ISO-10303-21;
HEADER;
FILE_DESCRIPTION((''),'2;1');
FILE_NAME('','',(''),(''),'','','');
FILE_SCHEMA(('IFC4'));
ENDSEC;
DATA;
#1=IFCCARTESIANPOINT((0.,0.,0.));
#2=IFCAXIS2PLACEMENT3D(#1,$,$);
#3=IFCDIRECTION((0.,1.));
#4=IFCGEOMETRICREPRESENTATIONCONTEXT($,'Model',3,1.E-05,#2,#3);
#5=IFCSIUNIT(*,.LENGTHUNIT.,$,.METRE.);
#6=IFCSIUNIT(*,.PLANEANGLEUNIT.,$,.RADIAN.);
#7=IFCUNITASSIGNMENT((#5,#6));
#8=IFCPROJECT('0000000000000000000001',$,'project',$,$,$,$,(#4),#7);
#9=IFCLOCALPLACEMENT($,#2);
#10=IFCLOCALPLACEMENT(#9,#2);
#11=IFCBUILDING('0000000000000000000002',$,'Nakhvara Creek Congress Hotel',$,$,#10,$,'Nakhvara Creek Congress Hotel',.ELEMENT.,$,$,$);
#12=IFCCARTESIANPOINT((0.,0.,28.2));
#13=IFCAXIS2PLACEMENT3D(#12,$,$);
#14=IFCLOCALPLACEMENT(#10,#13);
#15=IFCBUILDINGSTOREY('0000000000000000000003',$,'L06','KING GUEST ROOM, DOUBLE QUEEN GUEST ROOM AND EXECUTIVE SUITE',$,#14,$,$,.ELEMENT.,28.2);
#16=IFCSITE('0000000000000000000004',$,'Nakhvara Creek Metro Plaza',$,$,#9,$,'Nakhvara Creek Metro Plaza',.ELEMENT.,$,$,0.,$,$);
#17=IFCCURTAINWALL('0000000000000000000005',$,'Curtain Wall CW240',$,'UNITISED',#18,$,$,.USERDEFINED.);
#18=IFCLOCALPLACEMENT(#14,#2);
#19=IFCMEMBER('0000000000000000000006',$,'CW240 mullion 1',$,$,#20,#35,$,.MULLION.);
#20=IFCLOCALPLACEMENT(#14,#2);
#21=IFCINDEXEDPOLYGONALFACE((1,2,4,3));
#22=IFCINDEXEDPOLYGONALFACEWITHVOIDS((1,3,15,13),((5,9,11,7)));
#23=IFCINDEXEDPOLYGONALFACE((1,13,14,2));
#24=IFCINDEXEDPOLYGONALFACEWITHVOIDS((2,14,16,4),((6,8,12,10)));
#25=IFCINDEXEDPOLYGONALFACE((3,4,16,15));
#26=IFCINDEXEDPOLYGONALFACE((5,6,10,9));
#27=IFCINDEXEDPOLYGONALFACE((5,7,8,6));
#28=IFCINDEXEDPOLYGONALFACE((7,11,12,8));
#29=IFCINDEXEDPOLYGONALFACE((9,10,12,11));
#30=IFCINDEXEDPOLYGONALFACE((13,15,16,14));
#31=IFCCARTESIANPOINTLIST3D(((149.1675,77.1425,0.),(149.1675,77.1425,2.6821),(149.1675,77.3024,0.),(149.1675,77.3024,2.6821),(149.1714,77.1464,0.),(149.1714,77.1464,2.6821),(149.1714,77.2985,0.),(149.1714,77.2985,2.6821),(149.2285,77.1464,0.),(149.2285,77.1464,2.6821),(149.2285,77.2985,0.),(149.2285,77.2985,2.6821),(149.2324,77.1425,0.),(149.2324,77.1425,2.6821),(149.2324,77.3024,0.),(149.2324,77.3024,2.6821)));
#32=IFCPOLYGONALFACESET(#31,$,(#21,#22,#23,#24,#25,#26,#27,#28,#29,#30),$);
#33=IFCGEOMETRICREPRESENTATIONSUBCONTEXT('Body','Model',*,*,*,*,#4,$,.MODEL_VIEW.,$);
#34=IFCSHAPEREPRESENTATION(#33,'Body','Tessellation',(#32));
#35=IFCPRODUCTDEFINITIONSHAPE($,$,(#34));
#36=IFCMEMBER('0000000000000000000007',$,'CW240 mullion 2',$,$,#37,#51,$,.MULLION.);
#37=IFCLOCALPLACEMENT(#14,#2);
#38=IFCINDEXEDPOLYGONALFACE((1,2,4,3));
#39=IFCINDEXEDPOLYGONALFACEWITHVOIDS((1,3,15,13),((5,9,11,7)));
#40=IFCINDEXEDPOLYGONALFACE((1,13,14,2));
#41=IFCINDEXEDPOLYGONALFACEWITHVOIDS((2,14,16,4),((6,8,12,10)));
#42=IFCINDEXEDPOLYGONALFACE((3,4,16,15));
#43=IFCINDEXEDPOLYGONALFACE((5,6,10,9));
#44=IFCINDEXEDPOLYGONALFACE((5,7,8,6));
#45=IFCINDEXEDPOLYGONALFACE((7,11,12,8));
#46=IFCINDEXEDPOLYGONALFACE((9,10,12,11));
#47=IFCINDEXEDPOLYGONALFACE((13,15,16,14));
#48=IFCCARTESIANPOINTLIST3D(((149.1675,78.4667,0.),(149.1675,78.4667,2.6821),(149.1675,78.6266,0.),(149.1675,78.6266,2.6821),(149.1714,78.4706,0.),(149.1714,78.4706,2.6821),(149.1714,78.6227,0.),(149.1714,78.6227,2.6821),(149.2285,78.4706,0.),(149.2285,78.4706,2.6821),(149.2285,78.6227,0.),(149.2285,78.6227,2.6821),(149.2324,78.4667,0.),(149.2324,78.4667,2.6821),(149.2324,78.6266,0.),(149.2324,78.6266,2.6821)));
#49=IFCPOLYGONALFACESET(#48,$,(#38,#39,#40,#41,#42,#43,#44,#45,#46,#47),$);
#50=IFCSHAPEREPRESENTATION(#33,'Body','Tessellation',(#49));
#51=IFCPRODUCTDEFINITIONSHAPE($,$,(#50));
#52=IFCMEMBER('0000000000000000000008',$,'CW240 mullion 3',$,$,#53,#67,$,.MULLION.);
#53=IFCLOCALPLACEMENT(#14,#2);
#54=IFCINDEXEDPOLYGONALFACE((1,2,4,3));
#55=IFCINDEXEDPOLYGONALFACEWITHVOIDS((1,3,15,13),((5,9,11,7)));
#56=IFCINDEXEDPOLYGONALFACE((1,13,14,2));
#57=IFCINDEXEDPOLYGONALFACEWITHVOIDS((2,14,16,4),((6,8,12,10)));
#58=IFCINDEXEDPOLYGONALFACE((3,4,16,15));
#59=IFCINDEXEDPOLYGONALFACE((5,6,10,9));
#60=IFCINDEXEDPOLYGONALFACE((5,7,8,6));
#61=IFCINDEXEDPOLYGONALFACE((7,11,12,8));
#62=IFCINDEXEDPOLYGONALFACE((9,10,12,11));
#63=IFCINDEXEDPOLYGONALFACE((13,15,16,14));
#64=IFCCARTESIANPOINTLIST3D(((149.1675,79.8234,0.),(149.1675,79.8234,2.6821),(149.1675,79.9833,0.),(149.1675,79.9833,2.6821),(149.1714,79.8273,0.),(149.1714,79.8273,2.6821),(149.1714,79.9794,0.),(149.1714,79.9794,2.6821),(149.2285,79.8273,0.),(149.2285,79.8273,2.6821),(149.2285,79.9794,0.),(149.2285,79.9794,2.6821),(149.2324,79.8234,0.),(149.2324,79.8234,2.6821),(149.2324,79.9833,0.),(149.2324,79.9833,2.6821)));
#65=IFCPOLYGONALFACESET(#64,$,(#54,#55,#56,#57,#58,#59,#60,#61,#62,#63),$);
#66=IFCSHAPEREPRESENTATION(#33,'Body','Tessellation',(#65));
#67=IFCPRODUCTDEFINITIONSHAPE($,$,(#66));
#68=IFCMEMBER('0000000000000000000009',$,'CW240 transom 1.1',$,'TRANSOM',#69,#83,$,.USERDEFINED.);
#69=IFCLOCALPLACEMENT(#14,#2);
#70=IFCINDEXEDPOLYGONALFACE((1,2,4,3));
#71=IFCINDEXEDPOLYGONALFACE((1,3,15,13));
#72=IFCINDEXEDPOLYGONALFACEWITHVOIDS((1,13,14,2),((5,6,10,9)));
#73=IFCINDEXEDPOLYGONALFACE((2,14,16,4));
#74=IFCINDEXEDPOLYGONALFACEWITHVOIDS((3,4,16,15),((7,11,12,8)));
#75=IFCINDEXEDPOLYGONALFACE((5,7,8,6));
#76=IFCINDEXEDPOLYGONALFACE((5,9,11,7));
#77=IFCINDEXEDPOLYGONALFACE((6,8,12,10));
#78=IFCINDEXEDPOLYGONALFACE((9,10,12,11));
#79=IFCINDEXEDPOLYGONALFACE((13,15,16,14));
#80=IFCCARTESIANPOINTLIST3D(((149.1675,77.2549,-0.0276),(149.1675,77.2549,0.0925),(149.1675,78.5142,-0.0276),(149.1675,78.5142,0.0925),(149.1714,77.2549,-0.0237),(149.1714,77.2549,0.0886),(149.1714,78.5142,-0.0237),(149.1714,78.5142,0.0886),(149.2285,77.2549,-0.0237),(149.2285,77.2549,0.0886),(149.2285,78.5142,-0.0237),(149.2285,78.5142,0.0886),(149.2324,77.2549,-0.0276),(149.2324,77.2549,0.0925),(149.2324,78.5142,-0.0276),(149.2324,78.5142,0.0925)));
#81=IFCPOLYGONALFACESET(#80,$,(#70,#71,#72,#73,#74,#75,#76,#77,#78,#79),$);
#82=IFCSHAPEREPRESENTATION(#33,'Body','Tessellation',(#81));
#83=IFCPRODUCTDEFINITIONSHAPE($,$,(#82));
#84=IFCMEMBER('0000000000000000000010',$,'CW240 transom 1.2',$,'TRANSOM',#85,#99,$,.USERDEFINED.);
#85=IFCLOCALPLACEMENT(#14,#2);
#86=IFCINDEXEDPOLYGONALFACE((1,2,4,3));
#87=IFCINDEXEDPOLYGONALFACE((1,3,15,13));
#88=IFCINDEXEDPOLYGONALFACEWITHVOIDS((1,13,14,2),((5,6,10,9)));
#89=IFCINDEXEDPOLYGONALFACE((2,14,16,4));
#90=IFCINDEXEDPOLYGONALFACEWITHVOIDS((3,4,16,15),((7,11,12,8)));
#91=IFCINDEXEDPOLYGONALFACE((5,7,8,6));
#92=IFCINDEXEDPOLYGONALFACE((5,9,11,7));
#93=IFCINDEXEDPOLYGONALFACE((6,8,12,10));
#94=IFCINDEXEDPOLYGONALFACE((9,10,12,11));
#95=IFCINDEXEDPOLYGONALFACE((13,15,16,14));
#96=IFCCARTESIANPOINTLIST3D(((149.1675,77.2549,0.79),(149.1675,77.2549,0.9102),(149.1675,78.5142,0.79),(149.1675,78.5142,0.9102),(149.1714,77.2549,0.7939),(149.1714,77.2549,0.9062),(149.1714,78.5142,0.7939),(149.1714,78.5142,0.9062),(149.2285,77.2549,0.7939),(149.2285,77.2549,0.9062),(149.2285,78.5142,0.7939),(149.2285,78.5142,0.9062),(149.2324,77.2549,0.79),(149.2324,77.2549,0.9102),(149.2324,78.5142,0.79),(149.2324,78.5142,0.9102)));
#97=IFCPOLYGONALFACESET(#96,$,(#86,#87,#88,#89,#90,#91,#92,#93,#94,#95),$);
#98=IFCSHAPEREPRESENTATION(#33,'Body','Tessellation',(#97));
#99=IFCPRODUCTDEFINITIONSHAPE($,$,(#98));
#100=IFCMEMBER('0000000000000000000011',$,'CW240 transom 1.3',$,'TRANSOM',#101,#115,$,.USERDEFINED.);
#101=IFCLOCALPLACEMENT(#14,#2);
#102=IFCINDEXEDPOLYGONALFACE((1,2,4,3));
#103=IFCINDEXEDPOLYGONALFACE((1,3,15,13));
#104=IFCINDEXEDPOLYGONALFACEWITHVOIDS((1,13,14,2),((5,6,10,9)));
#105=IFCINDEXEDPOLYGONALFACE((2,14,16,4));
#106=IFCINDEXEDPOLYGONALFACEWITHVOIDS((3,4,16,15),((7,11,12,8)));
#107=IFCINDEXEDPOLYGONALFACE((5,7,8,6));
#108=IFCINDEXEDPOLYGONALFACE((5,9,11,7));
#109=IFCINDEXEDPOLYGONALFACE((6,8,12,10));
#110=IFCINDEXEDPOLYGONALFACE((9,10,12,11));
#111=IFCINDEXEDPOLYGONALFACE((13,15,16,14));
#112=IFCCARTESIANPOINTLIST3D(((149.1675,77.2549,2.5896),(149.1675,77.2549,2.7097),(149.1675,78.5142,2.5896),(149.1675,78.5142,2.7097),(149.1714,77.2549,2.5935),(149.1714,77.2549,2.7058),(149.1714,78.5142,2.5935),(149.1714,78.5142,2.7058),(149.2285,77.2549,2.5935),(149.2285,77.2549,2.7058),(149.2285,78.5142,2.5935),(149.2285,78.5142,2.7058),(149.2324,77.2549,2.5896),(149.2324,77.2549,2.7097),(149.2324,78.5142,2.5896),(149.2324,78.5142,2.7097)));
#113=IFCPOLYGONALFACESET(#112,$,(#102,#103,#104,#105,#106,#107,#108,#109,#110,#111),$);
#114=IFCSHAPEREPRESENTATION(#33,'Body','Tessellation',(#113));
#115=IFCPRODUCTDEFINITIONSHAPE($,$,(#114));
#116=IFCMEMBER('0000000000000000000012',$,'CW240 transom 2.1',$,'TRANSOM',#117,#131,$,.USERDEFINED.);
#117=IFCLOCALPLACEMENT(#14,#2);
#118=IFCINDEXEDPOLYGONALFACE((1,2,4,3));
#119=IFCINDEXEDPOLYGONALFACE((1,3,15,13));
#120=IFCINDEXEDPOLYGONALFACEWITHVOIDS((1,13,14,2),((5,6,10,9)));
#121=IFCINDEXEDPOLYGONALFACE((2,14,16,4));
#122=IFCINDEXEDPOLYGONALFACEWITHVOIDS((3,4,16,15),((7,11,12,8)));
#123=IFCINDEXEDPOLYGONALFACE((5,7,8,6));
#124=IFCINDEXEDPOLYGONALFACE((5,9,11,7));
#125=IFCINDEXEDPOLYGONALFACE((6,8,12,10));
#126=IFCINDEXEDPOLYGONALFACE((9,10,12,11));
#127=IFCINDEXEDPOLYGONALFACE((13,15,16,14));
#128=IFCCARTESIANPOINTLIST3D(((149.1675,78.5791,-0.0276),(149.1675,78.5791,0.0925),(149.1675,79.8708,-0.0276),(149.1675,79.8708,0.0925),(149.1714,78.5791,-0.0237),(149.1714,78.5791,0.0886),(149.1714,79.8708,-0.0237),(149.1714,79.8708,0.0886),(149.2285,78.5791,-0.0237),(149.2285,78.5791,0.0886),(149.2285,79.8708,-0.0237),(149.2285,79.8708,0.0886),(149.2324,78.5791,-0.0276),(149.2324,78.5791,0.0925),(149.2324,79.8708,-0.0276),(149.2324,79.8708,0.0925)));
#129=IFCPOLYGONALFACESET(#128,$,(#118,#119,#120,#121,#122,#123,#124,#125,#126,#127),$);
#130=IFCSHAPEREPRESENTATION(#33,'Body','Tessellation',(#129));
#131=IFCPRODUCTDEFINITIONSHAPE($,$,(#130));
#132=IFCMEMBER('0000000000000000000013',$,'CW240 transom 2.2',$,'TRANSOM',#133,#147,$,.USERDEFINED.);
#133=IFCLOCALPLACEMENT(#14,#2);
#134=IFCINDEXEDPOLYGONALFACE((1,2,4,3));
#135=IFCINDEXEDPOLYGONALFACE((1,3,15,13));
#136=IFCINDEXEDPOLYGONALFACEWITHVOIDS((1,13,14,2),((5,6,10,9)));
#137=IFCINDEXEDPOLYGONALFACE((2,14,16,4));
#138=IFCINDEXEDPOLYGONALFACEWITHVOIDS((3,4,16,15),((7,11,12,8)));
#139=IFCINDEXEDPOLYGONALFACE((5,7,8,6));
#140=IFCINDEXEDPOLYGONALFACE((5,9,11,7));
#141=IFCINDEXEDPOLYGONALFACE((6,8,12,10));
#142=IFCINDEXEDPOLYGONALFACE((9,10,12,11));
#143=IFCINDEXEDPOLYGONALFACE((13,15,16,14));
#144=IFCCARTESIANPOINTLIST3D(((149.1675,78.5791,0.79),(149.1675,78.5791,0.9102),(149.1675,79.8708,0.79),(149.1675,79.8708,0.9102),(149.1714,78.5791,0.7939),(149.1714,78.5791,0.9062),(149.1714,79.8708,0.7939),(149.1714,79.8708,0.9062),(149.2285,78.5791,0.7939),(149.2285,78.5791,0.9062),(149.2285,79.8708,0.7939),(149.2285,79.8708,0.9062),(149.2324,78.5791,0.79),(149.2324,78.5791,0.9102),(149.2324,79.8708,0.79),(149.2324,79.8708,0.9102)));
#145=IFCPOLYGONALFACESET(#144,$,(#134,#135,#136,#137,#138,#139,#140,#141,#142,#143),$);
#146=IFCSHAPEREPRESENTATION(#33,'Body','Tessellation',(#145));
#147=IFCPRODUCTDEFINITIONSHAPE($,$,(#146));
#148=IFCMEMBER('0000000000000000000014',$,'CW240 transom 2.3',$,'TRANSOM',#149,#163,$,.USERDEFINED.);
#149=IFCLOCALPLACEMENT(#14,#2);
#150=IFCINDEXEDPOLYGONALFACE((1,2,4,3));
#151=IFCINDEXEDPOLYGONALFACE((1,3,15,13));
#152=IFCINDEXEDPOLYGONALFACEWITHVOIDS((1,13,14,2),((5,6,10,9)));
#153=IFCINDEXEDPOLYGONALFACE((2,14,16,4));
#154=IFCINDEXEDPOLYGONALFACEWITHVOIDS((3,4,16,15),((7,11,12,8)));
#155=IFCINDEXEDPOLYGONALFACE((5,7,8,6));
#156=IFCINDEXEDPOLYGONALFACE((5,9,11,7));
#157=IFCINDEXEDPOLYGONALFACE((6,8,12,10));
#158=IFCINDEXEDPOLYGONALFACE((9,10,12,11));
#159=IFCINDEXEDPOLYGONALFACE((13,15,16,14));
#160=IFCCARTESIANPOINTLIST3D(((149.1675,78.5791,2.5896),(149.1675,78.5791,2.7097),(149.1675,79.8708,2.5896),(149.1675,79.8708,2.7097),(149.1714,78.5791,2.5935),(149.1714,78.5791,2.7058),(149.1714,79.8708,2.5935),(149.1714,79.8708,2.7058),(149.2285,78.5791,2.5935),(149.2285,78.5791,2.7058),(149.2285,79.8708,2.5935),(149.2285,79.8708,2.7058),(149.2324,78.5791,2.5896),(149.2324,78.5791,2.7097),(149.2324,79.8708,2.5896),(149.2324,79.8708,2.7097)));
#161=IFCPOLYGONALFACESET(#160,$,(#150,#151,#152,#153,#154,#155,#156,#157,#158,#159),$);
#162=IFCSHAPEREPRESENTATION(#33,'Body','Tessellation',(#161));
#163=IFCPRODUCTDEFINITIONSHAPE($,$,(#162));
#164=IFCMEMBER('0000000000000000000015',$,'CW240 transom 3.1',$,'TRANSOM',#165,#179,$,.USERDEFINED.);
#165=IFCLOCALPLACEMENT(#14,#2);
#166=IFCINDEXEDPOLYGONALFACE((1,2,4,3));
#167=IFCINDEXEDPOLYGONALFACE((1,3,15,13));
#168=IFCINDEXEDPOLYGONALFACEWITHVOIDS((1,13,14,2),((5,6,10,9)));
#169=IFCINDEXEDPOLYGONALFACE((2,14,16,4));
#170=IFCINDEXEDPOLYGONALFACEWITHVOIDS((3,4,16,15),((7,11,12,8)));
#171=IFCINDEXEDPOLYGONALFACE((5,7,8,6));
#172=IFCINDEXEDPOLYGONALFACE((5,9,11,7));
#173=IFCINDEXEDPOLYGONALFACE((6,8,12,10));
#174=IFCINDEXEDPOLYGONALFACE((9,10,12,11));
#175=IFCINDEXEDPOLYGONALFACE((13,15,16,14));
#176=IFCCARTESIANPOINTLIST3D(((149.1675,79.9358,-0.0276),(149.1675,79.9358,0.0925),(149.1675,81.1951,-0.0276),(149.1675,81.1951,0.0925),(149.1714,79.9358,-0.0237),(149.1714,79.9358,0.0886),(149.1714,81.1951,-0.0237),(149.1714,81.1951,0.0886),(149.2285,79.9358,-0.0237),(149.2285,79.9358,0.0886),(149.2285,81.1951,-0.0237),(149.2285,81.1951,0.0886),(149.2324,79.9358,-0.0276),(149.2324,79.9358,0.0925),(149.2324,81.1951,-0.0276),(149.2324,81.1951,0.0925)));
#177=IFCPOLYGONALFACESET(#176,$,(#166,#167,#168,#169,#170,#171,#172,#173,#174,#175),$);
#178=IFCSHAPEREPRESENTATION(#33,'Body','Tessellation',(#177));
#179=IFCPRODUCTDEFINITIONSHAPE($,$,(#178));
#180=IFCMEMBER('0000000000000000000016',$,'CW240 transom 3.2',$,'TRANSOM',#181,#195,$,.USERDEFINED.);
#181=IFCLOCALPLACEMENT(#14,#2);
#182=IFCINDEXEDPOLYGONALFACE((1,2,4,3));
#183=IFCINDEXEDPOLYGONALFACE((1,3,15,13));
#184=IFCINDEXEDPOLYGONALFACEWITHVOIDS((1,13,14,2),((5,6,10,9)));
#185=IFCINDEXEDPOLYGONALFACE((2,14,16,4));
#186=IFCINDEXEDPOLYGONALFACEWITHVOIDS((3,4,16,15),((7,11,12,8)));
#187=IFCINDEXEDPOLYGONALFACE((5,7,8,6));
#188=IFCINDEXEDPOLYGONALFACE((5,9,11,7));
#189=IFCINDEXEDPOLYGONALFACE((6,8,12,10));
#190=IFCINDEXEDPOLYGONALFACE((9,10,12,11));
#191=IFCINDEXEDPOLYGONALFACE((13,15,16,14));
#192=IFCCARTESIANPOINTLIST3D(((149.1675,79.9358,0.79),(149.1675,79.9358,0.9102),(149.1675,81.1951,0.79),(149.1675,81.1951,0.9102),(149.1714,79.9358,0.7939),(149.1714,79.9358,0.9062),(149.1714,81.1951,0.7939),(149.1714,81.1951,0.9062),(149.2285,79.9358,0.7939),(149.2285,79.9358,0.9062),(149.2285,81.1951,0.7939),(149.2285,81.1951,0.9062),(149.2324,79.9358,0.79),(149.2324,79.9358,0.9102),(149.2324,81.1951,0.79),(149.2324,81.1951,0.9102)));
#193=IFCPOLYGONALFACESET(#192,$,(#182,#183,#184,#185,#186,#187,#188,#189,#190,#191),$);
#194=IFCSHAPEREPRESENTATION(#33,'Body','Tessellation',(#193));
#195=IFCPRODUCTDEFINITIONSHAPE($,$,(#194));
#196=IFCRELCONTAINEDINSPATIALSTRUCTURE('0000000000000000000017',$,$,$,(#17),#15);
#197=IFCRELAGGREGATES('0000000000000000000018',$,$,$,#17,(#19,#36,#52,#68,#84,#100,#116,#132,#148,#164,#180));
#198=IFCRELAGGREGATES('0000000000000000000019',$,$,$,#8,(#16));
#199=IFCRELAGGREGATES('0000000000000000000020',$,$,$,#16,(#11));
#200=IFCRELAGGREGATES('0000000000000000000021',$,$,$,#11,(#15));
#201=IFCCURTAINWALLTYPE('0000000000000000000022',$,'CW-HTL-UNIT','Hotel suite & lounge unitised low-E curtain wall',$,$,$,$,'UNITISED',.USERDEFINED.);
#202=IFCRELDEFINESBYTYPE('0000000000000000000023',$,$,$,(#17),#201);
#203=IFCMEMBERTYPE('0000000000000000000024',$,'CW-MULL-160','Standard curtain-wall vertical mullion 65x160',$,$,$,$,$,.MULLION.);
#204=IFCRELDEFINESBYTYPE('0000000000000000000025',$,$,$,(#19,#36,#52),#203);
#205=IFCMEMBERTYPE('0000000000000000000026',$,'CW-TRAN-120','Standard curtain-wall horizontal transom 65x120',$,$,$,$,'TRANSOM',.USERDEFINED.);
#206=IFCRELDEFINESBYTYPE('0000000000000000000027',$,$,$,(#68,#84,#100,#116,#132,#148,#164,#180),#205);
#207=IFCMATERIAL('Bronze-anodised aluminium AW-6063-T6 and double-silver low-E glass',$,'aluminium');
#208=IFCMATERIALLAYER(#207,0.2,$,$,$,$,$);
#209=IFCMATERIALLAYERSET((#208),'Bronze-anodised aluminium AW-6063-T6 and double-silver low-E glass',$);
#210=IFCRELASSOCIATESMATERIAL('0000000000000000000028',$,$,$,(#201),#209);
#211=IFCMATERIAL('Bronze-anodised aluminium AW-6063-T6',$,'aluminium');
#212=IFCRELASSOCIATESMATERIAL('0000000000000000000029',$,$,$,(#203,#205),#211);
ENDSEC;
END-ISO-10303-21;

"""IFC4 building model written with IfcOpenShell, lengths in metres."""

from ifc_helpers import new_model, si_unit, direction, frame, origin, origin_2d, place, context, subcontext, project, spatial, hollow_rectangle, extrude, material, layer, layer_set, material_profile, profile_set, type_object, element, aggregate, save


model = new_model("IFC4")

# Units and contexts
model_context = context("Model", 3, precision=1e-05, world=origin(), true_north=direction((0.0, 1.0)))
body_context = subcontext(model_context, "Body", "Model", "MODEL_VIEW")
ifc_project = project(units=[si_unit("LENGTHUNIT", "METRE"), si_unit("PLANEANGLEUNIT", "RADIAN")], contexts=[model_context])

# Site, building, storey
site_placement = place(None, origin())
site = spatial("IfcSite", under=ifc_project, at=site_placement, Name="Nakhvara Creek Metro Plaza", LongName="Nakhvara Creek Metro Plaza", CompositionType="ELEMENT", RefElevation=0.0)
building_placement = place(site_placement, origin())
building = spatial("IfcBuilding", under=site, at=building_placement, Name="Nakhvara Creek Congress Hotel", LongName="Nakhvara Creek Congress Hotel", CompositionType="ELEMENT")
storey_placement = place(building_placement, frame((0.0, 0.0, 28.2)))
storey = spatial("IfcBuildingStorey", under=building, at=storey_placement, Name="L06", Description="KING GUEST ROOM, DOUBLE QUEEN GUEST ROOM AND EXECUTIVE SUITE", CompositionType="ELEMENT", Elevation=28.2)

# Curtain wall, members
ifc_material_1 = material(Name="Bronze-anodised aluminium AW-6063-T6 and double-silver low-E glass", Category="aluminium")
ifc_layer = layer(ifc_material_1, 0.2)
ifc_layer_set = layer_set([ifc_layer], Name="Bronze-anodised aluminium AW-6063-T6 and double-silver low-E glass")
curtain_wall_type = type_object("IfcCurtainWallType", Name="CW-HTL-UNIT", Description="Hotel suite & lounge unitised low-E curtain wall", ElementType="UNITISED", PredefinedType="USERDEFINED", material=ifc_layer_set)
curtain_wall_placement = place(storey_placement, origin())
curtain_wall = element("IfcCurtainWall", 1, at=curtain_wall_placement, inside=storey, type_object=curtain_wall_type, Name="Curtain Wall CW240", ObjectType="UNITISED", PredefinedType="USERDEFINED")
ifc_material_2 = material(Name="Bronze-anodised aluminium AW-6063-T6", Category="aluminium")
ifc_material_profile_1 = material_profile(ifc_material_2, hollow_rectangle(XDim=0.0649, YDim=0.1599, WallThickness=0.0039, at=origin_2d()), Name="ALU-MULL 65x160x4", Category="LoadBearing")
ifc_profile_set_1 = profile_set([ifc_material_profile_1], Name="Bronze-anodised aluminium AW-6063-T6")
member_type_1 = type_object("IfcMemberType", Name="CW-MULL-160", Description="Standard curtain-wall vertical mullion 65x160", PredefinedType="MULLION", material=ifc_profile_set_1)
member_1_placement = place(storey_placement, frame((149.2, 77.2224, 0.0), z_axis=(0.0, 0.0, 1.0), x_axis=(-1.0, 0.0, 0.0)))
member_1 = element("IfcMember", 2, at=member_1_placement, type_object=member_type_1, Name="CW240 mullion 1", PredefinedType="MULLION", context=body_context, shape_type="SweptSolid", body=[
    extrude(hollow_rectangle(XDim=0.0649, YDim=0.1599, WallThickness=0.0039, at=origin_2d()), origin(), (0.0, 0.0, 1.0), 2.6821),
])
member_2_placement = place(storey_placement, frame((149.2, 78.5466, 0.0), z_axis=(0.0, 0.0, 1.0), x_axis=(-1.0, 0.0, 0.0)))
member_2 = element("IfcMember", 3, at=member_2_placement, type_object=member_type_1, Name="CW240 mullion 2", PredefinedType="MULLION", context=body_context, shape_type="SweptSolid", body=[
    extrude(hollow_rectangle(XDim=0.0649, YDim=0.1599, WallThickness=0.0039, at=origin_2d()), origin(), (0.0, 0.0, 1.0), 2.6821),
])
member_3_placement = place(storey_placement, frame((149.2, 79.9033, 0.0), z_axis=(0.0, 0.0, 1.0), x_axis=(-1.0, 0.0, 0.0)))
member_3 = element("IfcMember", 4, at=member_3_placement, type_object=member_type_1, Name="CW240 mullion 3", PredefinedType="MULLION", context=body_context, shape_type="SweptSolid", body=[
    extrude(hollow_rectangle(XDim=0.0649, YDim=0.1599, WallThickness=0.0039, at=origin_2d()), origin(), (0.0, 0.0, 1.0), 2.6821),
])
ifc_material_profile_2 = material_profile(ifc_material_2, hollow_rectangle(XDim=0.0649, YDim=0.1201, WallThickness=0.0039, at=origin_2d()), Name="ALU-TRAN 65x120x4", Category="LoadBearing")
ifc_profile_set_2 = profile_set([ifc_material_profile_2], Name="Bronze-anodised aluminium AW-6063-T6")
member_type_2 = type_object("IfcMemberType", Name="CW-TRAN-120", Description="Standard curtain-wall horizontal transom 65x120", ElementType="TRANSOM", PredefinedType="USERDEFINED", material=ifc_profile_set_2)
member_4_placement = place(storey_placement, frame((149.2, 77.2549, 0.0325), z_axis=(0.0, 1.0, 0.0), x_axis=(-1.0, 0.0, 0.0)))
member_4 = element("IfcMember", 5, at=member_4_placement, type_object=member_type_2, Name="CW240 transom 1.1", ObjectType="TRANSOM", PredefinedType="USERDEFINED", context=body_context, shape_type="SweptSolid", body=[
    extrude(hollow_rectangle(XDim=0.0649, YDim=0.1201, WallThickness=0.0039, at=origin_2d()), origin(), (0.0, 0.0, 1.0), 1.2593),
])
member_5_placement = place(storey_placement, frame((149.2, 77.2549, 0.8501), z_axis=(0.0, 1.0, 0.0), x_axis=(-1.0, 0.0, 0.0)))
member_5 = element("IfcMember", 6, at=member_5_placement, type_object=member_type_2, Name="CW240 transom 1.2", ObjectType="TRANSOM", PredefinedType="USERDEFINED", context=body_context, shape_type="SweptSolid", body=[
    extrude(hollow_rectangle(XDim=0.0649, YDim=0.1201, WallThickness=0.0039, at=origin_2d()), origin(), (0.0, 0.0, 1.0), 1.2593),
])
member_6_placement = place(storey_placement, frame((149.2, 77.2549, 2.6497), z_axis=(0.0, 1.0, 0.0), x_axis=(-1.0, 0.0, 0.0)))
member_6 = element("IfcMember", 7, at=member_6_placement, type_object=member_type_2, Name="CW240 transom 1.3", ObjectType="TRANSOM", PredefinedType="USERDEFINED", context=body_context, shape_type="SweptSolid", body=[
    extrude(hollow_rectangle(XDim=0.0649, YDim=0.1201, WallThickness=0.0039, at=origin_2d()), origin(), (0.0, 0.0, 1.0), 1.2593),
])
member_7_placement = place(storey_placement, frame((149.2, 78.5791, 0.0325), z_axis=(0.0, 1.0, 0.0), x_axis=(-1.0, 0.0, 0.0)))
member_7 = element("IfcMember", 8, at=member_7_placement, type_object=member_type_2, Name="CW240 transom 2.1", ObjectType="TRANSOM", PredefinedType="USERDEFINED", context=body_context, shape_type="SweptSolid", body=[
    extrude(hollow_rectangle(XDim=0.0649, YDim=0.1201, WallThickness=0.0039, at=origin_2d()), origin(), (0.0, 0.0, 1.0), 1.2917),
])
member_8_placement = place(storey_placement, frame((149.2, 78.5791, 0.8501), z_axis=(0.0, 1.0, 0.0), x_axis=(-1.0, 0.0, 0.0)))
member_8 = element("IfcMember", 9, at=member_8_placement, type_object=member_type_2, Name="CW240 transom 2.2", ObjectType="TRANSOM", PredefinedType="USERDEFINED", context=body_context, shape_type="SweptSolid", body=[
    extrude(hollow_rectangle(XDim=0.0649, YDim=0.1201, WallThickness=0.0039, at=origin_2d()), origin(), (0.0, 0.0, 1.0), 1.2917),
])
member_9_placement = place(storey_placement, frame((149.2, 78.5791, 2.6497), z_axis=(0.0, 1.0, 0.0), x_axis=(-1.0, 0.0, 0.0)))
member_9 = element("IfcMember", 10, at=member_9_placement, type_object=member_type_2, Name="CW240 transom 2.3", ObjectType="TRANSOM", PredefinedType="USERDEFINED", context=body_context, shape_type="SweptSolid", body=[
    extrude(hollow_rectangle(XDim=0.0649, YDim=0.1201, WallThickness=0.0039, at=origin_2d()), origin(), (0.0, 0.0, 1.0), 1.2917),
])
member_10_placement = place(storey_placement, frame((149.2, 79.9358, 0.0325), z_axis=(0.0, 1.0, 0.0), x_axis=(-1.0, 0.0, 0.0)))
member_10 = element("IfcMember", 11, at=member_10_placement, type_object=member_type_2, Name="CW240 transom 3.1", ObjectType="TRANSOM", PredefinedType="USERDEFINED", context=body_context, shape_type="SweptSolid", body=[
    extrude(hollow_rectangle(XDim=0.0649, YDim=0.1201, WallThickness=0.0039, at=origin_2d()), origin(), (0.0, 0.0, 1.0), 1.2593),
])
member_11_placement = place(storey_placement, frame((149.2, 79.9358, 0.8501), z_axis=(0.0, 1.0, 0.0), x_axis=(-1.0, 0.0, 0.0)))
member_11 = element("IfcMember", 12, at=member_11_placement, type_object=member_type_2, Name="CW240 transom 3.2", ObjectType="TRANSOM", PredefinedType="USERDEFINED", context=body_context, shape_type="SweptSolid", body=[
    extrude(hollow_rectangle(XDim=0.0649, YDim=0.1201, WallThickness=0.0039, at=origin_2d()), origin(), (0.0, 0.0, 1.0), 1.2593),
])
aggregate(curtain_wall, [member_1, member_2, member_3, member_4, member_5, member_6, member_7, member_8, member_9, member_10, member_11])

save(model, "model.ifc")
